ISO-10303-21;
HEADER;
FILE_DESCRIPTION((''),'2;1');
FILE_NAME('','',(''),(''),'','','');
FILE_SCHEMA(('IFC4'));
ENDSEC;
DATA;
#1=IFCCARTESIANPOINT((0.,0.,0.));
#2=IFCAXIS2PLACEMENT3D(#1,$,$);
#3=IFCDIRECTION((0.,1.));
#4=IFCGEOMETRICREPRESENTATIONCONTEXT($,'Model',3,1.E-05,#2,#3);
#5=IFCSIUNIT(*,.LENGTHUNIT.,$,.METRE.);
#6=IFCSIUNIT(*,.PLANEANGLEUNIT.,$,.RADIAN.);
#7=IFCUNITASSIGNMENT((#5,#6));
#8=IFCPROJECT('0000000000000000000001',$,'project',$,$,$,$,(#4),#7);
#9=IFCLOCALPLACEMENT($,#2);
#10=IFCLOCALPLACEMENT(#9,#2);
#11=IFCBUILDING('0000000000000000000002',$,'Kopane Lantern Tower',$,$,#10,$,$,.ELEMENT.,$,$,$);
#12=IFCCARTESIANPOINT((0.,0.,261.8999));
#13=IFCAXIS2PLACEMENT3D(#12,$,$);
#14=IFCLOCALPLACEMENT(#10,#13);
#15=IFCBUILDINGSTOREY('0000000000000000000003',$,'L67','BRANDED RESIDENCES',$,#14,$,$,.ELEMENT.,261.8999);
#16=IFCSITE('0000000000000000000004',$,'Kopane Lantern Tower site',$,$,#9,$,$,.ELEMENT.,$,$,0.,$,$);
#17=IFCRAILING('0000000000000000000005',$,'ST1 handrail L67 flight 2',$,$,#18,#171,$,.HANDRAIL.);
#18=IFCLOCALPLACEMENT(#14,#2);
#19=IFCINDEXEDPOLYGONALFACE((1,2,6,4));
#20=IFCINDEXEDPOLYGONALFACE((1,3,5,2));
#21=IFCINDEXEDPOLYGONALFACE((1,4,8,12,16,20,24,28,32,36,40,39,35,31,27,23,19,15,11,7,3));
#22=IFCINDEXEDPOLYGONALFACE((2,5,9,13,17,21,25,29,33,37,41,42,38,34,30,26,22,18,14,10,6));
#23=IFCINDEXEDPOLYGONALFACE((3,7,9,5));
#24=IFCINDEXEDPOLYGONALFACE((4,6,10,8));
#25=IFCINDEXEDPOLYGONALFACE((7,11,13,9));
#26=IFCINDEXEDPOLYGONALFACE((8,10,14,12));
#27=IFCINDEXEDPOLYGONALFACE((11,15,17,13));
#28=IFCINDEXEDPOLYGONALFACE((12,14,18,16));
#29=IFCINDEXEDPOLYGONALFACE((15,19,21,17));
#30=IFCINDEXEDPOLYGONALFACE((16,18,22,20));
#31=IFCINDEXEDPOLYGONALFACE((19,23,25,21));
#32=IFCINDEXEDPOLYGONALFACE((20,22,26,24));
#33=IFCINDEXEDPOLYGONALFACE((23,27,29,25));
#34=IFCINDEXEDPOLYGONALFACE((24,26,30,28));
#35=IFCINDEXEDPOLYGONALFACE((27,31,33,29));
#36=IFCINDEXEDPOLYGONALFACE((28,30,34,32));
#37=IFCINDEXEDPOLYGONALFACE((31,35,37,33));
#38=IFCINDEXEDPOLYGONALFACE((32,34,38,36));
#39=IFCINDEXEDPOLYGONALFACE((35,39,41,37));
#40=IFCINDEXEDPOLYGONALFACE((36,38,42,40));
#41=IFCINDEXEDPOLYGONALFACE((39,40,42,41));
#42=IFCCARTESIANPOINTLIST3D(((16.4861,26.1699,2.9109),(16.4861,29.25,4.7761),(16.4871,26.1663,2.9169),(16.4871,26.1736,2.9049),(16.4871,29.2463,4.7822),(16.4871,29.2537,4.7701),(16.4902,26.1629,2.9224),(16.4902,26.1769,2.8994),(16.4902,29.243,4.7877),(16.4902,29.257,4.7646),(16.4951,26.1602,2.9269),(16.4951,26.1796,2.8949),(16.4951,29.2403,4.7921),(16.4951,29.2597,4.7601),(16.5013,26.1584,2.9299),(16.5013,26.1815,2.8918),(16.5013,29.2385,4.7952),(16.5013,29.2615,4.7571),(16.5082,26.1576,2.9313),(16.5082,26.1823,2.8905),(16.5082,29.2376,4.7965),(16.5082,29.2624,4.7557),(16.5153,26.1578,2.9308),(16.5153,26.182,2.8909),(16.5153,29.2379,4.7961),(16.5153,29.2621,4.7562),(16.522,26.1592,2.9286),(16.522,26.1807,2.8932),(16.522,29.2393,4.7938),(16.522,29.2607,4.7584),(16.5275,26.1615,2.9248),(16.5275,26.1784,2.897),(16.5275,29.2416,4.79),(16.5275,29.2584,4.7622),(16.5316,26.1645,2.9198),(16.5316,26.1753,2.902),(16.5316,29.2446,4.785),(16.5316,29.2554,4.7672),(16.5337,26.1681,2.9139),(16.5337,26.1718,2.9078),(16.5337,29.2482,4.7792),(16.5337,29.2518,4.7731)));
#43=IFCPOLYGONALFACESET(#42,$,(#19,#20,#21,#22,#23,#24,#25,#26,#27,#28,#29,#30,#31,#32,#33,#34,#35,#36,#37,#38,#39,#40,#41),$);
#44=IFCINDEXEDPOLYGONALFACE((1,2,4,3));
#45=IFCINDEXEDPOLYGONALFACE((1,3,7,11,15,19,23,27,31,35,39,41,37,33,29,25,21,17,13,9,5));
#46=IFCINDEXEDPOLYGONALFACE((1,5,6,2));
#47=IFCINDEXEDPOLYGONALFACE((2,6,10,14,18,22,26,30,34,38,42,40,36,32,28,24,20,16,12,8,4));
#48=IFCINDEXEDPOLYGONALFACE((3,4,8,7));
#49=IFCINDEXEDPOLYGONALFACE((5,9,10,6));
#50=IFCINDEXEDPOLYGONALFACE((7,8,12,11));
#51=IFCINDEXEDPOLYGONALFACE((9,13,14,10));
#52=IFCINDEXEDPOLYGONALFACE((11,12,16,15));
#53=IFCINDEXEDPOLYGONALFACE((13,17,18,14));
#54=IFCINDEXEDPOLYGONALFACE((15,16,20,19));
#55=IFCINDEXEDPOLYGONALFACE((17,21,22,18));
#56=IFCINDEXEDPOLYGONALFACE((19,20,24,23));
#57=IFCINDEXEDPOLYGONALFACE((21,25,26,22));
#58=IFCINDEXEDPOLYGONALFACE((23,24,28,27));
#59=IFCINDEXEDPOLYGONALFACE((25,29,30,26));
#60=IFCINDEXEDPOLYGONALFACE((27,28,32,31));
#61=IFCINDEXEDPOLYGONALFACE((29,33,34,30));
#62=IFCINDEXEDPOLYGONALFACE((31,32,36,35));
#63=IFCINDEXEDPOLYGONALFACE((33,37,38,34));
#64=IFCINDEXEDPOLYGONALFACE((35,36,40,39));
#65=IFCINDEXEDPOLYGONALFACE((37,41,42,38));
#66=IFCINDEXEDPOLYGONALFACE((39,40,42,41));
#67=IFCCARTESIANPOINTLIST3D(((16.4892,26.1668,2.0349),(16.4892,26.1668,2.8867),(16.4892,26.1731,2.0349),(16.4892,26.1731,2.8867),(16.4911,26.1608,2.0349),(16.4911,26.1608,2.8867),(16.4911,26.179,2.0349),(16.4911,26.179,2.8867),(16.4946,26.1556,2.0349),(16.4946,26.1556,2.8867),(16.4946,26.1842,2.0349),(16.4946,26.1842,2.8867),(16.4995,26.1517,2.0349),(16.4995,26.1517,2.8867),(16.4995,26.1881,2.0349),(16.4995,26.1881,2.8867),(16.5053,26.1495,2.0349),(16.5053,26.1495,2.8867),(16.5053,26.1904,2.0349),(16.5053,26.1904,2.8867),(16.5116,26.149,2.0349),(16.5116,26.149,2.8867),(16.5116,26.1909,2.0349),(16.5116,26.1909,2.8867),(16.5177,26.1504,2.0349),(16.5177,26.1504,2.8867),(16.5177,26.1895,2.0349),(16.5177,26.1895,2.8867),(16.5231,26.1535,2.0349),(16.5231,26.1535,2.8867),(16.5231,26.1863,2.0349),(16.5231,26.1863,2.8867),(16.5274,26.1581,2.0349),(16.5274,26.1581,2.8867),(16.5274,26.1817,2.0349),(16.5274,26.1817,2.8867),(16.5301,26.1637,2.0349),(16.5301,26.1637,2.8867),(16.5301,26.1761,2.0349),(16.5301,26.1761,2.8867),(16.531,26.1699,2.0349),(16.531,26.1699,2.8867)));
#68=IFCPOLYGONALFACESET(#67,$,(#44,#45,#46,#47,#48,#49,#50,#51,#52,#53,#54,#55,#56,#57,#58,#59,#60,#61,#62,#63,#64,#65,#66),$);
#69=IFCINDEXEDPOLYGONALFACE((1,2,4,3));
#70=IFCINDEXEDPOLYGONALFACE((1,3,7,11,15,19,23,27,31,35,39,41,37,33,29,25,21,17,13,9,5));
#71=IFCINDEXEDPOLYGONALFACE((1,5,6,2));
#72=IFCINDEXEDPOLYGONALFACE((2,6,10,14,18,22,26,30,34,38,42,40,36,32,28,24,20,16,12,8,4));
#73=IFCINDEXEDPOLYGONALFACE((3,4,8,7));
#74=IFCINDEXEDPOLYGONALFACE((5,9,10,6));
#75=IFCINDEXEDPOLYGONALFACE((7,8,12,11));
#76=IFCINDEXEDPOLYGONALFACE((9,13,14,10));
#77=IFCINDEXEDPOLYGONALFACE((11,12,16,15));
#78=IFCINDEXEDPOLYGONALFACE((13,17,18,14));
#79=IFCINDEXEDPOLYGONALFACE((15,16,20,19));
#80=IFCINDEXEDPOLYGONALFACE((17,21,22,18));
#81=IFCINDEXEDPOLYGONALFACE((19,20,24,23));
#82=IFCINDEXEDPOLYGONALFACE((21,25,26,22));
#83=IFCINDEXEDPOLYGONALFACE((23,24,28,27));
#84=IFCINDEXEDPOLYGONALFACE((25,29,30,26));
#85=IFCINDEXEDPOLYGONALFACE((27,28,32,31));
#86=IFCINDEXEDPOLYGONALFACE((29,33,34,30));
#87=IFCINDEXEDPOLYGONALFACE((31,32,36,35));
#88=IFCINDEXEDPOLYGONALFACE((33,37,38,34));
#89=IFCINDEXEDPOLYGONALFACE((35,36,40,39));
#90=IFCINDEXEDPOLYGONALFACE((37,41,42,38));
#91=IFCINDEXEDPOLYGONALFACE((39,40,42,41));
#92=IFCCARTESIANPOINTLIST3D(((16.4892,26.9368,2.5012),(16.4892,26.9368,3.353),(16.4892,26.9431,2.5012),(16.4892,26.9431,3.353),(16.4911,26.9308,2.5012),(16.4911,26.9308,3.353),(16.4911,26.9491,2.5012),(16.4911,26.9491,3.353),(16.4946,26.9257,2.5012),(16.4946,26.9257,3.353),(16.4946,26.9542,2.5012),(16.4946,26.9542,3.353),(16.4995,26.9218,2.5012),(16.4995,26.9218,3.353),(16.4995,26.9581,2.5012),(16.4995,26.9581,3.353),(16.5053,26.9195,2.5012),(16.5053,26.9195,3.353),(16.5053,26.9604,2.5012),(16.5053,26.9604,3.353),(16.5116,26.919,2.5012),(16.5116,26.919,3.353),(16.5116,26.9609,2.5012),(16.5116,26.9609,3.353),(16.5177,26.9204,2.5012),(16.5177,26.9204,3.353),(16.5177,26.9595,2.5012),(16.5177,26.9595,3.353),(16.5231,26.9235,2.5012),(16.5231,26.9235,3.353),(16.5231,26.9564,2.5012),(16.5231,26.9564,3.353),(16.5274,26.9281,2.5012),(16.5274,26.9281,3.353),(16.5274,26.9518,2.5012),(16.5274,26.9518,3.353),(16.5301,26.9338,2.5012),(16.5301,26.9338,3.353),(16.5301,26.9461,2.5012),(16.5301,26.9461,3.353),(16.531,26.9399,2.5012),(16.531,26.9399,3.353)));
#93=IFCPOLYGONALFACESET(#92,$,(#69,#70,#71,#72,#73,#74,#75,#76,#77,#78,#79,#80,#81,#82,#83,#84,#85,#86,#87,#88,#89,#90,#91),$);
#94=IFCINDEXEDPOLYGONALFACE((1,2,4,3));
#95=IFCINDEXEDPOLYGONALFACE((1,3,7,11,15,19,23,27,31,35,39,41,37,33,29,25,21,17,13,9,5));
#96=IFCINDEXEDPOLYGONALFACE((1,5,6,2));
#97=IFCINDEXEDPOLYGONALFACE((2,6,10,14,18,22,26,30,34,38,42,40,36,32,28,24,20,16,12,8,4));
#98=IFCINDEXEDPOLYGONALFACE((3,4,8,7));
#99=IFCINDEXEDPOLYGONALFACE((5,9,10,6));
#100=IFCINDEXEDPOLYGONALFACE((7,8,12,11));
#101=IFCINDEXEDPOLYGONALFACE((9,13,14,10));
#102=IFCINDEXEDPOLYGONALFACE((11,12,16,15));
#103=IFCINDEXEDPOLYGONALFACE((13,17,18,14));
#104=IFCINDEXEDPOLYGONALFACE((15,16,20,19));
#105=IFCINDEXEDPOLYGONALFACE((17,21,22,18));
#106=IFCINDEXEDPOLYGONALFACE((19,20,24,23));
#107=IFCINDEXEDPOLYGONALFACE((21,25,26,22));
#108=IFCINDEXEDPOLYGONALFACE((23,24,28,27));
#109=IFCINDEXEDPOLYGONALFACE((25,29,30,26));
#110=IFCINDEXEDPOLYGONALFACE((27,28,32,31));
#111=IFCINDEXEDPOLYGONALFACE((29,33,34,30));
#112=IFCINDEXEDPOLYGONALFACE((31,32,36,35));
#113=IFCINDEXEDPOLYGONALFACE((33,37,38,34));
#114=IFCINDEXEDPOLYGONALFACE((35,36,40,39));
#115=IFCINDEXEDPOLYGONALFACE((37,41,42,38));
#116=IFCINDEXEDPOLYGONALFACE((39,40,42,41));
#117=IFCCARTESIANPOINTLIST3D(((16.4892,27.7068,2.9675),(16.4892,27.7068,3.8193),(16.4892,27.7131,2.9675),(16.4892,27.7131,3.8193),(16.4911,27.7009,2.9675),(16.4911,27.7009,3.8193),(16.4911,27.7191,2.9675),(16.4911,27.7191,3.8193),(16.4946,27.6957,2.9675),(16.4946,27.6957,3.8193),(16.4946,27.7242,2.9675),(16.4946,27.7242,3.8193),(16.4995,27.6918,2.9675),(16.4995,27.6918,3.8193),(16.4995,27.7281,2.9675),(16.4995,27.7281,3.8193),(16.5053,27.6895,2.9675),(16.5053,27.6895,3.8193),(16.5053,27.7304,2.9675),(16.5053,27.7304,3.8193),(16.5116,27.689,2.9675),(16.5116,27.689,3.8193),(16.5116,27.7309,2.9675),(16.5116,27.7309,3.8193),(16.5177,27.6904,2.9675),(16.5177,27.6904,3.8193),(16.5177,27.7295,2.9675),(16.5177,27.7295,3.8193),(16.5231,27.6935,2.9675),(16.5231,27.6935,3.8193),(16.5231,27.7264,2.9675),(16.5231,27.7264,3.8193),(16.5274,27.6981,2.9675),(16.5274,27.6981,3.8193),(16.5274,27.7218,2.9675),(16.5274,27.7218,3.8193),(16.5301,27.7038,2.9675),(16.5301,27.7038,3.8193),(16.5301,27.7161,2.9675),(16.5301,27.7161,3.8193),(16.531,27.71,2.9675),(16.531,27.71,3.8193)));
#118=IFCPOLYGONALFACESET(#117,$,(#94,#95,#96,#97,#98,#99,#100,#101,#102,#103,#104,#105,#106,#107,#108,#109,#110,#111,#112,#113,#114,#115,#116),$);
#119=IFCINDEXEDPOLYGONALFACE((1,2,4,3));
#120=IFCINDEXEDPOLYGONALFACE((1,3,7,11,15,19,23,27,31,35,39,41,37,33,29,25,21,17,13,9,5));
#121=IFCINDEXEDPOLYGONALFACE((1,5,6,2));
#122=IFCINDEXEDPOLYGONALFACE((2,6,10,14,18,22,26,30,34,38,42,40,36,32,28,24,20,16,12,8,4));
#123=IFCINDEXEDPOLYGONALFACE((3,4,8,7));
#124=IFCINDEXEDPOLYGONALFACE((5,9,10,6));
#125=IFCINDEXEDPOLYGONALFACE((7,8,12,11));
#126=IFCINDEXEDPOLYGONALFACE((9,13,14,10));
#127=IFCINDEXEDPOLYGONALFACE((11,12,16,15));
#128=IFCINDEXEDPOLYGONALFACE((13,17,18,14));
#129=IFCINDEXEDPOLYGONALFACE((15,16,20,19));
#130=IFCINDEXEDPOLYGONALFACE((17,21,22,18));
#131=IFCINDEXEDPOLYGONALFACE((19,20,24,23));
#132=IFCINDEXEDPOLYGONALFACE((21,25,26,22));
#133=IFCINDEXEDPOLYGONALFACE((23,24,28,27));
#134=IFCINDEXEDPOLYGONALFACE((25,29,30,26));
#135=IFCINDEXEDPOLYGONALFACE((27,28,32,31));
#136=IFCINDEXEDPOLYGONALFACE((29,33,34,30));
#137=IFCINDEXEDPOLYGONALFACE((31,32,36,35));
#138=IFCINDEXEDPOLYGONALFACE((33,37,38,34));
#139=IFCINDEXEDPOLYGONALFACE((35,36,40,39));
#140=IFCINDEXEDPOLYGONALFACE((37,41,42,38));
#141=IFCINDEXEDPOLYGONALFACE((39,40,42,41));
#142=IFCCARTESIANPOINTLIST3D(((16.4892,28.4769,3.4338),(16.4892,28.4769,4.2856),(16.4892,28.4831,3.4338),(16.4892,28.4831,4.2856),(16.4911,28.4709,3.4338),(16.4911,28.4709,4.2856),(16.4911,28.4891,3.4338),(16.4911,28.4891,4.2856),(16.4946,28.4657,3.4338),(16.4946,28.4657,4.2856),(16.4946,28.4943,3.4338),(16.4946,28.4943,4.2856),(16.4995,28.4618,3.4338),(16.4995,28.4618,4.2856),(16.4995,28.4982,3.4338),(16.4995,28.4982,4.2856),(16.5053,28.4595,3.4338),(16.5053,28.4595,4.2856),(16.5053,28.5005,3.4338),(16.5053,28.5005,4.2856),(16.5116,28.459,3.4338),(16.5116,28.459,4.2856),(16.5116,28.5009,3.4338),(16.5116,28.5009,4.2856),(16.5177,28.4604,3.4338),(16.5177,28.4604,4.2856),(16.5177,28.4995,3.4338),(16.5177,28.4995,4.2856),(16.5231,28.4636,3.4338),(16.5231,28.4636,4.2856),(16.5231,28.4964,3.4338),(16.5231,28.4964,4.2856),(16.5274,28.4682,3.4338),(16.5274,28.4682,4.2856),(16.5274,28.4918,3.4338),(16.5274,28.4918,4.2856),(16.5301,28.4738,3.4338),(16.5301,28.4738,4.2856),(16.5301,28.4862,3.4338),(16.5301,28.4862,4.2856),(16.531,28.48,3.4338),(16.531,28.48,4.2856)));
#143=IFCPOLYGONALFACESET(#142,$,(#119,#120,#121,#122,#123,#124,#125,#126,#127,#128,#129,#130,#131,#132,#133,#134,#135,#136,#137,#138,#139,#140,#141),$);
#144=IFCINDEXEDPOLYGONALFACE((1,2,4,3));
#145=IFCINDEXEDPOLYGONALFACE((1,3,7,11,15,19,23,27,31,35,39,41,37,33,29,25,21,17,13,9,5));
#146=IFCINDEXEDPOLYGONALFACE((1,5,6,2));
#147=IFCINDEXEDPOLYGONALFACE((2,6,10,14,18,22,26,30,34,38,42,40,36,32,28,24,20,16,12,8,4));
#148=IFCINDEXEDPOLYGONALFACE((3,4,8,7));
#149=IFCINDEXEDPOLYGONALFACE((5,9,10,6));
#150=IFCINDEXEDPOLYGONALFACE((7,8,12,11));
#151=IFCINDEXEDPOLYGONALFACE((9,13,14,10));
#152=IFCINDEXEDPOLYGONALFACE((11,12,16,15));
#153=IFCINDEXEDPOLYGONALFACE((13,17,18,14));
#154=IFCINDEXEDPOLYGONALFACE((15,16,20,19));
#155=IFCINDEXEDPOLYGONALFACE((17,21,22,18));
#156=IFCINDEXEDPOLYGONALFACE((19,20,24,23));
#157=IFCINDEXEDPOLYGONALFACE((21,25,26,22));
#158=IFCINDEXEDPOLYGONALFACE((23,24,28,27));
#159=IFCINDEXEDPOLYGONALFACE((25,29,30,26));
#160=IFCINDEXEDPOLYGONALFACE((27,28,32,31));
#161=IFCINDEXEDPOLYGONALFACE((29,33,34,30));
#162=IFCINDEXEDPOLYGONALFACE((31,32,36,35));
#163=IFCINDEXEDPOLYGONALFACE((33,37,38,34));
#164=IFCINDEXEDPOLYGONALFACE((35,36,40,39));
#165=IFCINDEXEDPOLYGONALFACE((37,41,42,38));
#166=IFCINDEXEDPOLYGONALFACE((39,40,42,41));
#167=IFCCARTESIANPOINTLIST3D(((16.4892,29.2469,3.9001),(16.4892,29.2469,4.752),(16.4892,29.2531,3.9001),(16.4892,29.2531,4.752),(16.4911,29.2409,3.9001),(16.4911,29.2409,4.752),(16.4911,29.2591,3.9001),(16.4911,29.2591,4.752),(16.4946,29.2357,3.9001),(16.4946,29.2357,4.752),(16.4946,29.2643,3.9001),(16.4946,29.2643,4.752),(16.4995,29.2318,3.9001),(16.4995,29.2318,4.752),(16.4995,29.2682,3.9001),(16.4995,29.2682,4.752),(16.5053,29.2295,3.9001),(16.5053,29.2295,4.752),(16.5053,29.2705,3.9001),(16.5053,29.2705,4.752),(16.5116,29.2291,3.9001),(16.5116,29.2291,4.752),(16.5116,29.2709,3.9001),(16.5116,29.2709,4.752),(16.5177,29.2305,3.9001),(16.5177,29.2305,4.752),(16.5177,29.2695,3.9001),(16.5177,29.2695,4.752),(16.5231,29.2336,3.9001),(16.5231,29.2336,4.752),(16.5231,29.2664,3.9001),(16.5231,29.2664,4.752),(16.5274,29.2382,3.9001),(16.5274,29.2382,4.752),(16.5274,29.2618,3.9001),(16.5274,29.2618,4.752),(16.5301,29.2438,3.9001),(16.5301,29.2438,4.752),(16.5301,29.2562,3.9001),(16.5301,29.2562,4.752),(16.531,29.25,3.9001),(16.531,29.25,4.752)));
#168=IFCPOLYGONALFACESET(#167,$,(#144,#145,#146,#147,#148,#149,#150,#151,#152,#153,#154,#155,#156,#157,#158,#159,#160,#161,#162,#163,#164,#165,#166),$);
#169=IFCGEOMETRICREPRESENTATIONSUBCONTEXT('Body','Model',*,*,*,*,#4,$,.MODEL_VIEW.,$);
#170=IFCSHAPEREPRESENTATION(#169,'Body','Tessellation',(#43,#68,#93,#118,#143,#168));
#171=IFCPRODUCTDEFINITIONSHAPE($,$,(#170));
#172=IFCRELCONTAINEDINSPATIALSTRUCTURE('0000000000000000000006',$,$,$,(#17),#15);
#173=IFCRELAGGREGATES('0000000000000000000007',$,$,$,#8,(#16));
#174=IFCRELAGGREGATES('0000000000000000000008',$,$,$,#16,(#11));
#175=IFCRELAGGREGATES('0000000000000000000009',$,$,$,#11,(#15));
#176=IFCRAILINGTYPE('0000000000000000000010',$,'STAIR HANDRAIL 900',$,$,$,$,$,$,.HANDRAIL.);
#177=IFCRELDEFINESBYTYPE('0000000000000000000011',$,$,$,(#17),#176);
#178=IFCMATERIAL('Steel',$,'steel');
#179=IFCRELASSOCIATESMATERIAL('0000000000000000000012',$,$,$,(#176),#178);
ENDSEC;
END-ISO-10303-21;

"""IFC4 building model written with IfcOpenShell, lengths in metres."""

from ifc_helpers import new_model, si_unit, direction, frame, origin, origin_2d, place, context, subcontext, project, spatial, circle, extrude, material, type_object, element, save


model = new_model("IFC4")

# Units and contexts
model_context = context("Model", 3, precision=1e-05, world=origin(), true_north=direction((0.0, 1.0)))
body_context = subcontext(model_context, "Body", "Model", "MODEL_VIEW")
ifc_project = project(units=[si_unit("LENGTHUNIT", "METRE"), si_unit("PLANEANGLEUNIT", "RADIAN")], contexts=[model_context])

# Site, building, storey
site_placement = place(None, origin())
site = spatial("IfcSite", under=ifc_project, at=site_placement, Name="Kopane Lantern Tower site", CompositionType="ELEMENT", RefElevation=0.0)
building_placement = place(site_placement, origin())
building = spatial("IfcBuilding", under=site, at=building_placement, Name="Kopane Lantern Tower", CompositionType="ELEMENT")
storey_placement = place(building_placement, frame((0.0, 0.0, 261.8999)))
storey = spatial("IfcBuildingStorey", under=building, at=storey_placement, Name="L67", Description="BRANDED RESIDENCES", CompositionType="ELEMENT", Elevation=261.8999)

# Railing
ifc_material_1 = material(Name="Steel", Category="steel")
railing_type_1 = type_object("IfcRailingType", Name="STAIR HANDRAIL 900", PredefinedType="HANDRAIL", material=ifc_material_1)
for number, where, name in (
    (1, (16.51, 26.1699, 2.0349), "ST1 handrail L67 flight 2"),
):
    element("IfcRailing", number, at=place(storey_placement, frame(where)), inside=storey, type_object=railing_type_1, Name=name, PredefinedType="HANDRAIL", context=body_context, shape_type="SweptSolid", body=[
        extrude(circle(Radius=0.0239, at=origin_2d()), frame((0.0, 0.0, 0.876), z_axis=(0.0, 0.85538, 0.518001), x_axis=(-1.0, 0.0, 0.0)), (0.0, 0.0, 1.0), 3.6008),
        extrude(circle(Radius=0.021, at=origin_2d()), origin(), (0.0, 0.0, 1.0), 0.8518),
        extrude(circle(Radius=0.021, at=origin_2d()), frame((0.0, 0.77, 0.4663)), (0.0, 0.0, 1.0), 0.8518),
        extrude(circle(Radius=0.021, at=origin_2d()), frame((0.0, 1.54, 0.9326)), (0.0, 0.0, 1.0), 0.8518),
        extrude(circle(Radius=0.021, at=origin_2d()), frame((0.0, 2.3101, 1.3989)), (0.0, 0.0, 1.0), 0.8518),
        extrude(circle(Radius=0.021, at=origin_2d()), frame((0.0, 3.0801, 1.8652)), (0.0, 0.0, 1.0), 0.8518),
    ])

save(model, "model.ifc")
